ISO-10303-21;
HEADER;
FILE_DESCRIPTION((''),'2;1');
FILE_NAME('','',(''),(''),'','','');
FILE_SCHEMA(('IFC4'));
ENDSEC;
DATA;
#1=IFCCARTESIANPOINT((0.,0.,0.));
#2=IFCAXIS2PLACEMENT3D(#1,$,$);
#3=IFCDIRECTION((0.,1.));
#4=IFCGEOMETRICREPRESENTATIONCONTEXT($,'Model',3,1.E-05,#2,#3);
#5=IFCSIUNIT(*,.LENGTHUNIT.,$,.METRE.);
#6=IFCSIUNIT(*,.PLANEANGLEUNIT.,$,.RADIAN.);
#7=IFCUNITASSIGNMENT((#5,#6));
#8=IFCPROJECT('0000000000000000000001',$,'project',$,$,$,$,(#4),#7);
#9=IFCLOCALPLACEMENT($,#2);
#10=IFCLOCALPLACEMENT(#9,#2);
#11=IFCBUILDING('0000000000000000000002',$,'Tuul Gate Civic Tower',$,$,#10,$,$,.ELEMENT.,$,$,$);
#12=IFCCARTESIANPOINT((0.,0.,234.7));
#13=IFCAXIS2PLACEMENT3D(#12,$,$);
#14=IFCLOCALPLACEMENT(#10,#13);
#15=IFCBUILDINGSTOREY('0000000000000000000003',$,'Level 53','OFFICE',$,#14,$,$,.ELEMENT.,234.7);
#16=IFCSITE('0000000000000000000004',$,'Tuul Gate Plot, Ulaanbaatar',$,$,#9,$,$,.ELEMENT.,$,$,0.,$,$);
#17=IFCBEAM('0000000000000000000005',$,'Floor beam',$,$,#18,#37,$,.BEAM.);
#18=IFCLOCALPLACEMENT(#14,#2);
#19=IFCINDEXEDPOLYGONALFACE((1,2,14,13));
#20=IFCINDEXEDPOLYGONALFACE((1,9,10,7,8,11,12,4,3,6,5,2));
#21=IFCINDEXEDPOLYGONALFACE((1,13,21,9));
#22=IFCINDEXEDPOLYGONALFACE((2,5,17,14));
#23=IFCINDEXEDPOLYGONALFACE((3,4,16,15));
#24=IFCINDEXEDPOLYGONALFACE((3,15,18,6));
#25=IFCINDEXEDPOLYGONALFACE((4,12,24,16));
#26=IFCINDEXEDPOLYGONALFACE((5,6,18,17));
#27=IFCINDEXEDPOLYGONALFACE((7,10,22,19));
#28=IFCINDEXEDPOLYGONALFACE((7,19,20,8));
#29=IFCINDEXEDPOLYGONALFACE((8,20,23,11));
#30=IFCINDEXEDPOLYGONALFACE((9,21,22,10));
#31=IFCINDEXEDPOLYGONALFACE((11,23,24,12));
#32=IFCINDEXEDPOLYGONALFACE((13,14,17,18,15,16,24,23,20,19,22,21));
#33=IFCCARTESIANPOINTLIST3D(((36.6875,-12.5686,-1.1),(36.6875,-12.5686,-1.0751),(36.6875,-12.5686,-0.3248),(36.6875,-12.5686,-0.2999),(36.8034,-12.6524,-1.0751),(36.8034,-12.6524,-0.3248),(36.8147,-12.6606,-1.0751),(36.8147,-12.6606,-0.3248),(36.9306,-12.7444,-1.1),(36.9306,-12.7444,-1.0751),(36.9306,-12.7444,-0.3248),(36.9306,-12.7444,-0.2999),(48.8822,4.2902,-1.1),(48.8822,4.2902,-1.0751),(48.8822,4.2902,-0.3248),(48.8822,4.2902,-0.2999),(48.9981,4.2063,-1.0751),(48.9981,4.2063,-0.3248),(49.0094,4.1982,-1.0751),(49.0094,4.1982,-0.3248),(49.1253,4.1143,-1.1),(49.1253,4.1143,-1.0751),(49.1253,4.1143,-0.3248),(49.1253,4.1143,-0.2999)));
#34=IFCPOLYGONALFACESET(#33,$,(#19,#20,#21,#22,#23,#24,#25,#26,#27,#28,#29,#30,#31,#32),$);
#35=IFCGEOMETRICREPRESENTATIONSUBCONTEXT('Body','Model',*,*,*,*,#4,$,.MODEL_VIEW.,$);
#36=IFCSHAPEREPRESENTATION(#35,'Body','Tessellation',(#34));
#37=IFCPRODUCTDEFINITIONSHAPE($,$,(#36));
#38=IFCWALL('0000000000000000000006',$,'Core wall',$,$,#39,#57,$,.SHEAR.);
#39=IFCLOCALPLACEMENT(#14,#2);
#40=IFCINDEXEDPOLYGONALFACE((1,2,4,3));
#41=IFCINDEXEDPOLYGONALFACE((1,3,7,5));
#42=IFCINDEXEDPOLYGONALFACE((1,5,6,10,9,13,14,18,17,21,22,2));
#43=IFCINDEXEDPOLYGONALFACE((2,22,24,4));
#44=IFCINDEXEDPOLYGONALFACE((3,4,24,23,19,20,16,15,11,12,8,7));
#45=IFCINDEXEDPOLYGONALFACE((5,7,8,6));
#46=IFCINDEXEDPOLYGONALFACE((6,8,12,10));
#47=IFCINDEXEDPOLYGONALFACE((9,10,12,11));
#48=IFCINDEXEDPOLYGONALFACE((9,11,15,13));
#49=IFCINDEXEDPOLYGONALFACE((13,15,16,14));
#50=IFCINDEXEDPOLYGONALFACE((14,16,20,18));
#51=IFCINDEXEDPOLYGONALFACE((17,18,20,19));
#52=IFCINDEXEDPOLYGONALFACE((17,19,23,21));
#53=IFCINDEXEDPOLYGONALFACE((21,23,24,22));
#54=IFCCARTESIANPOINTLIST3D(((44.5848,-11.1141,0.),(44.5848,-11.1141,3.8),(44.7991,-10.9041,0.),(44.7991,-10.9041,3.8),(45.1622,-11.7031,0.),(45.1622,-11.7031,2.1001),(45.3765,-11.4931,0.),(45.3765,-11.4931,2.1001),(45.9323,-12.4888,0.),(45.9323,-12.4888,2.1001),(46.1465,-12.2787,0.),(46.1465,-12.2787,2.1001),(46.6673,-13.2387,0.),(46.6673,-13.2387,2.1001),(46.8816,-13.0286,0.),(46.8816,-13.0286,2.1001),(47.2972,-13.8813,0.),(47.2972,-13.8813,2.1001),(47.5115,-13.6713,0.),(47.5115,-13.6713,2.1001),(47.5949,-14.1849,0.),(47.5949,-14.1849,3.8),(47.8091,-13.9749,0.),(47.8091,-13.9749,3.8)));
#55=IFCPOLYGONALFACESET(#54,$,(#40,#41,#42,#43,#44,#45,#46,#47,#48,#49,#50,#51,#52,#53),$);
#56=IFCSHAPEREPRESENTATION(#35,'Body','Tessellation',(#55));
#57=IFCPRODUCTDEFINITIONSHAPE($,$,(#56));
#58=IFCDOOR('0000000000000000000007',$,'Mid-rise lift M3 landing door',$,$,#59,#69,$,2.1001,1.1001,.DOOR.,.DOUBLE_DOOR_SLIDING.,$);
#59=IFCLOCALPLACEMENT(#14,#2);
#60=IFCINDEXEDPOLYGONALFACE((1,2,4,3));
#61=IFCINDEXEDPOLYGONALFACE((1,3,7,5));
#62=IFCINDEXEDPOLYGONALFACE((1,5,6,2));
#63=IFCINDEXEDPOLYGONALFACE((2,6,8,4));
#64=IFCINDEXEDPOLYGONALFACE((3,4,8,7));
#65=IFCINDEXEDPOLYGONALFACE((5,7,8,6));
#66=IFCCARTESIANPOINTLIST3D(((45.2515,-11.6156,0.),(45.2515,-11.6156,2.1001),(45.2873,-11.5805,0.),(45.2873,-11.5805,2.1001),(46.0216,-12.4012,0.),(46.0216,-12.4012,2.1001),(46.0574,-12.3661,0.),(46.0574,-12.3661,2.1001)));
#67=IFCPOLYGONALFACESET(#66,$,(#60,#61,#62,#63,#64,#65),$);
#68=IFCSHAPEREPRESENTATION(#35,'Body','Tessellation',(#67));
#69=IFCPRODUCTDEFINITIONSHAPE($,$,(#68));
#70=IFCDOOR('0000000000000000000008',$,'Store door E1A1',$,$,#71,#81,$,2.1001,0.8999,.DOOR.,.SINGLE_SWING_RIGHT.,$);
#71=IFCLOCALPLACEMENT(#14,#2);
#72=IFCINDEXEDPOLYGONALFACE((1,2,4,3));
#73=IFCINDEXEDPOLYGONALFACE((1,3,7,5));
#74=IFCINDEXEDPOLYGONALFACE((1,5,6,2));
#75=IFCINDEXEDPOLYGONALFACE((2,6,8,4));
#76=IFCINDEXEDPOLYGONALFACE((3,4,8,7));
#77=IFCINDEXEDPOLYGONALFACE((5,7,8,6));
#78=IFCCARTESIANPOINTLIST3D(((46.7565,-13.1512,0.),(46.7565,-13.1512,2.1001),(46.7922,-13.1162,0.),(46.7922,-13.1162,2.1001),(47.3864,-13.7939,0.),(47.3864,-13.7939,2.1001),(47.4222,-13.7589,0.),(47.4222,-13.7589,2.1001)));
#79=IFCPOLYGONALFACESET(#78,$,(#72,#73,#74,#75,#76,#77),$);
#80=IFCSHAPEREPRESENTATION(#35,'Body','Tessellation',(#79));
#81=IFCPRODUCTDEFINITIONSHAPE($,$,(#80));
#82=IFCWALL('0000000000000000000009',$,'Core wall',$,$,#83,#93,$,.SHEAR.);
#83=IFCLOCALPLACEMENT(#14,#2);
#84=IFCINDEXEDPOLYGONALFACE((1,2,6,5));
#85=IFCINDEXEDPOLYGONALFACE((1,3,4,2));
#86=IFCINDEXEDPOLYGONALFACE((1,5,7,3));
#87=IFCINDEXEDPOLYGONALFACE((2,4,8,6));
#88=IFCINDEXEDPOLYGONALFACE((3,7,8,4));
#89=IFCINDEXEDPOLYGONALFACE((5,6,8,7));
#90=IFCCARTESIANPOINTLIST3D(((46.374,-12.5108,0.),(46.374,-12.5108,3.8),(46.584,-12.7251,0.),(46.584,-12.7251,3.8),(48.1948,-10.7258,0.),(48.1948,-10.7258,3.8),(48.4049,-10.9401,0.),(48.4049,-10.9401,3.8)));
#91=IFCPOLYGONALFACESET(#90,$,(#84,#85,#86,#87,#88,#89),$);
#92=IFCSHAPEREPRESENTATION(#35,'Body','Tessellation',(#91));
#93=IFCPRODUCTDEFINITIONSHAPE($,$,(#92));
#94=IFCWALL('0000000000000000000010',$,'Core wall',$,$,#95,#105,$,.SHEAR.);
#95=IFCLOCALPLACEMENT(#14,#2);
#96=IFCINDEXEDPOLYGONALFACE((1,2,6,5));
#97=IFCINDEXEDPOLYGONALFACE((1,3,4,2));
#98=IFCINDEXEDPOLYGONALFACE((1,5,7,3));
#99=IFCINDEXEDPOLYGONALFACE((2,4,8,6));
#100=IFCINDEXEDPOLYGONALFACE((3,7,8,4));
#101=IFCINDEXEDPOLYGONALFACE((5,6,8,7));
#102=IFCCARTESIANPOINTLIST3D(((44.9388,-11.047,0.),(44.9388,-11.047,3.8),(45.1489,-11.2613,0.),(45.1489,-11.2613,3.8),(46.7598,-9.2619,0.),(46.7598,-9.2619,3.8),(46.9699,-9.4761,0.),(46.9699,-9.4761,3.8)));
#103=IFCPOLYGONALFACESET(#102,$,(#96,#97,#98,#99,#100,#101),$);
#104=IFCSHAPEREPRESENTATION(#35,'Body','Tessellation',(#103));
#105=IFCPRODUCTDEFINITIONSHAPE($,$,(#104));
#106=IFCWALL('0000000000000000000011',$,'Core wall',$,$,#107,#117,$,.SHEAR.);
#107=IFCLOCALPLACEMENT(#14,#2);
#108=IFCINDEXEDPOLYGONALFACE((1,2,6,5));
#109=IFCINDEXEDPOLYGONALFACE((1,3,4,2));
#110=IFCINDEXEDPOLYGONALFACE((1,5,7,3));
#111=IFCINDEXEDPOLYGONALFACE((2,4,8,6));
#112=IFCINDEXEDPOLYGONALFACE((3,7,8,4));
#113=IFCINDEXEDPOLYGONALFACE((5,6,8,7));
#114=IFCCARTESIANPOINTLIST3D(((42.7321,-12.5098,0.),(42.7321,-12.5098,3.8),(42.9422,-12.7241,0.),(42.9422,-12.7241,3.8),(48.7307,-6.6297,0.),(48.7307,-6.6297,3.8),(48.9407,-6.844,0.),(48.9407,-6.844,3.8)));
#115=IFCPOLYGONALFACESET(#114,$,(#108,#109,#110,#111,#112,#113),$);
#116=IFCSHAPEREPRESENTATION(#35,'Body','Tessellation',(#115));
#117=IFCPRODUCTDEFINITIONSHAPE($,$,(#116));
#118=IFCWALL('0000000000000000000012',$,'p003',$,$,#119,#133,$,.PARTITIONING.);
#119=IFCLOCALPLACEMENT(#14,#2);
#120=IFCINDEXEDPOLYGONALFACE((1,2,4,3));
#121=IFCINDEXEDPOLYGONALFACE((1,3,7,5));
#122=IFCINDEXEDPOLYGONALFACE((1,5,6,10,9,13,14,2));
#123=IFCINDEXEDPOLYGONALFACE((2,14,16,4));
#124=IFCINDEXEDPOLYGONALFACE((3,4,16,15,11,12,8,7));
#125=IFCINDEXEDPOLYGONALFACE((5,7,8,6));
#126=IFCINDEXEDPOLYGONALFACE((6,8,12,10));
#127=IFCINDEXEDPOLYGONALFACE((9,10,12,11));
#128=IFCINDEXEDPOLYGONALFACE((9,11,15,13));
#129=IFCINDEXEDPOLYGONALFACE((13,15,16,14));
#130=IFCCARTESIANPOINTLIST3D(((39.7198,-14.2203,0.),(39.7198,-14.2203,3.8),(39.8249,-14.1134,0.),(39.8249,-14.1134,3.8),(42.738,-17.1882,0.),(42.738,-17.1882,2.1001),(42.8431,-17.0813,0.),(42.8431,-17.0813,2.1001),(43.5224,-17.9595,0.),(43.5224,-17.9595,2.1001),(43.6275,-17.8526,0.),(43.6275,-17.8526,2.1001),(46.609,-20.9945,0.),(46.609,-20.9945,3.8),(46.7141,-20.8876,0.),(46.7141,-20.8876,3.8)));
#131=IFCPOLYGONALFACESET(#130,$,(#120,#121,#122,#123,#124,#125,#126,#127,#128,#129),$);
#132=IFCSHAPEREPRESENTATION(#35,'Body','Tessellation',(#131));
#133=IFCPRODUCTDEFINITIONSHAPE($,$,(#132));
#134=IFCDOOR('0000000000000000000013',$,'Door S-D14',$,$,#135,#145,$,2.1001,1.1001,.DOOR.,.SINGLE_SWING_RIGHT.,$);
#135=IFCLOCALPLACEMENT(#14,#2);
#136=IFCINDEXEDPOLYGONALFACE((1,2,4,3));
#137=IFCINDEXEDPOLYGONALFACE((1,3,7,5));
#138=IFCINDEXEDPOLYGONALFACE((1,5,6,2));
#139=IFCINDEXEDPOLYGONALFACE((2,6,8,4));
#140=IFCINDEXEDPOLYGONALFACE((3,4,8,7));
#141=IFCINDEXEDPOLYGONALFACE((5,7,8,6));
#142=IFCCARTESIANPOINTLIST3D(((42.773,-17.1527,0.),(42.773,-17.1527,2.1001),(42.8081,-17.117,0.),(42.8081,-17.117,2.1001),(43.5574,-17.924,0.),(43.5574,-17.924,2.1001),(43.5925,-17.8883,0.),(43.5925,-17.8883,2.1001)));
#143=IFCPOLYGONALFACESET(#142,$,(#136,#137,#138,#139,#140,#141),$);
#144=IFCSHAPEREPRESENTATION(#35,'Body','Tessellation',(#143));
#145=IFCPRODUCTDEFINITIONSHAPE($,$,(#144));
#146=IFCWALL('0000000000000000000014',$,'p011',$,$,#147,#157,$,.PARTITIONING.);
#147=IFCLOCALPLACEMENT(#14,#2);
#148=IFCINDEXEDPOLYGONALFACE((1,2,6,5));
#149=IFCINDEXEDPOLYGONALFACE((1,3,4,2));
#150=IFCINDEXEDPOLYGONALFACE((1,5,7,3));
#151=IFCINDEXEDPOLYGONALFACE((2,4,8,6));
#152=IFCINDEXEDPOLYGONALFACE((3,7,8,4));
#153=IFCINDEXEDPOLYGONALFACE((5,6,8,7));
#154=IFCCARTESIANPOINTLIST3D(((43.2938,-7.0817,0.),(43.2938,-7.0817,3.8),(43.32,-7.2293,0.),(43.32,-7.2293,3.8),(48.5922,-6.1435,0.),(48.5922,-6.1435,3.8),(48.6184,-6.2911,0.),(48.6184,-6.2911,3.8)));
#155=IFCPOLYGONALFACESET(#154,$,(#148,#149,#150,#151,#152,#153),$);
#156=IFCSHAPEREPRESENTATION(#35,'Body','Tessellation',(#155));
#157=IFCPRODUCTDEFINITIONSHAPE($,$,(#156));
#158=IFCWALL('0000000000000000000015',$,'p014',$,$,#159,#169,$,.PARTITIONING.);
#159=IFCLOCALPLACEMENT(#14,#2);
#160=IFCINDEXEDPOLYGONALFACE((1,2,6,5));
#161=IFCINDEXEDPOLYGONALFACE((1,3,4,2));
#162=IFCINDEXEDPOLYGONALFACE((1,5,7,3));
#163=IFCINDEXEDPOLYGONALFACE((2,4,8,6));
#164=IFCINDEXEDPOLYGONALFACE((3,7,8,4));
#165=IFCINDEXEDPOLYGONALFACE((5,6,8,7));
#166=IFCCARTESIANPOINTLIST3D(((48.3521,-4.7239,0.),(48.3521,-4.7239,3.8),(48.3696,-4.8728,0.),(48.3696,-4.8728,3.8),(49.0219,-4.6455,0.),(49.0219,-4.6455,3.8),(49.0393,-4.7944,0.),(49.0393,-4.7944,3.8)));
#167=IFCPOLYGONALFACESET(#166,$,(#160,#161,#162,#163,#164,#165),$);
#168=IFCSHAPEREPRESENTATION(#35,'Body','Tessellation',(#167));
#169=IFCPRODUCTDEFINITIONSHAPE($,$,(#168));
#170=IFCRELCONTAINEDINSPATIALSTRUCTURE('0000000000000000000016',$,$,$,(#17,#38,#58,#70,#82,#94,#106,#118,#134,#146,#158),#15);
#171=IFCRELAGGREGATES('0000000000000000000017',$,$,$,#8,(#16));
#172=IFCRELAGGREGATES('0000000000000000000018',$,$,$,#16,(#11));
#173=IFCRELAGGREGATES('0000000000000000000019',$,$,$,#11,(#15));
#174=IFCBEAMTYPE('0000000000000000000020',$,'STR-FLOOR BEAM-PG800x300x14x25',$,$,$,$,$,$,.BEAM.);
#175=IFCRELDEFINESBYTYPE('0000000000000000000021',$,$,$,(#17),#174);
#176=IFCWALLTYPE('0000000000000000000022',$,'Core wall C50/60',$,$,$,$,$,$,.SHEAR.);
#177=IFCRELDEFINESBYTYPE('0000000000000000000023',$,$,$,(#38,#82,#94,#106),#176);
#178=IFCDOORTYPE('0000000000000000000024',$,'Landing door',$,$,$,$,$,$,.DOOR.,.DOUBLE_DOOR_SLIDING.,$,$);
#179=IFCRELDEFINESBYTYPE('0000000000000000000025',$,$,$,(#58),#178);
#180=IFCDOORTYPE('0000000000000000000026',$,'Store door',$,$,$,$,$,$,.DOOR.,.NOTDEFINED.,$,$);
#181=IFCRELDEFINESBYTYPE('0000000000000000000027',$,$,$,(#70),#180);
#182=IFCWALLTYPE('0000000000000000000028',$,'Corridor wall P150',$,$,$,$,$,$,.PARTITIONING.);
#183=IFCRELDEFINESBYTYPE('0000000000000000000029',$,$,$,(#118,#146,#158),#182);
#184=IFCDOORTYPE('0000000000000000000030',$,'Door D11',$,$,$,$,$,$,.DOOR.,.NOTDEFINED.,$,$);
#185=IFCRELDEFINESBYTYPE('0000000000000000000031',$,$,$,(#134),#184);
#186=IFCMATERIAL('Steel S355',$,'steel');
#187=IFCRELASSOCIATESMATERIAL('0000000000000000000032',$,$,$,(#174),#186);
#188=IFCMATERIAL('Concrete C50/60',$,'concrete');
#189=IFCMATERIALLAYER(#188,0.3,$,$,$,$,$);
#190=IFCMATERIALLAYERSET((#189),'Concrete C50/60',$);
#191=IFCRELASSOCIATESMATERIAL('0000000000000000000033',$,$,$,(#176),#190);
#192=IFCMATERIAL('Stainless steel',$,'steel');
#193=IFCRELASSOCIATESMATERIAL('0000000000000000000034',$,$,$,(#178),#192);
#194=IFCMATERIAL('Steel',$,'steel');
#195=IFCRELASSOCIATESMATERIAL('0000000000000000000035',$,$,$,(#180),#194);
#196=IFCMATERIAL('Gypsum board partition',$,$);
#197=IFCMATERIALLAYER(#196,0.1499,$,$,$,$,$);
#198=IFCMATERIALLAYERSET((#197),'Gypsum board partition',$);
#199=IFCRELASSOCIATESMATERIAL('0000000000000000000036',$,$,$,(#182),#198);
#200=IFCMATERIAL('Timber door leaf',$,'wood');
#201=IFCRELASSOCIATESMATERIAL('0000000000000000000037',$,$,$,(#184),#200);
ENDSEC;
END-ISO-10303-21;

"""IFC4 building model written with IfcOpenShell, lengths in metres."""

from ifc_helpers import new_model, si_unit, direction, frame, frame_2d, origin, origin_2d, place, context, subcontext, project, spatial, rectangle, i_section, extrude, material, layer, layer_set, material_profile, profile_set, type_object, element, fill, save


model = new_model("IFC4")

# Units and contexts
model_context = context("Model", 3, precision=1e-05, world=origin(), true_north=direction((0.0, 1.0)))
body_context = subcontext(model_context, "Body", "Model", "MODEL_VIEW")
ifc_project = project(units=[si_unit("LENGTHUNIT", "METRE"), si_unit("PLANEANGLEUNIT", "RADIAN")], contexts=[model_context])

# Site, building, storey
site_placement = place(None, origin())
site = spatial("IfcSite", under=ifc_project, at=site_placement, Name="Tuul Gate Plot, Ulaanbaatar", CompositionType="ELEMENT", RefElevation=0.0)
building_placement = place(site_placement, origin())
building = spatial("IfcBuilding", under=site, at=building_placement, Name="Tuul Gate Civic Tower", CompositionType="ELEMENT")
storey_placement = place(building_placement, frame((0.0, 0.0, 234.7)))
storey = spatial("IfcBuildingStorey", under=building, at=storey_placement, Name="Level 53", Description="OFFICE", CompositionType="ELEMENT", Elevation=234.7)

# Beam
ifc_material_1 = material(Name="Steel S355", Category="steel")
ifc_material_profile = material_profile(ifc_material_1, i_section(OverallWidth=0.3, OverallDepth=0.8, WebThickness=0.0139, FlangeThickness=0.0249, at=origin_2d()), Name="PG800x300x14x25")
ifc_profile_set = profile_set([ifc_material_profile], Name="Steel S355")
beam_type = type_object("IfcBeamType", Name="STR-FLOOR BEAM-PG800x300x14x25", PredefinedType="BEAM", material=ifc_profile_set)
beam_placement = place(storey_placement, frame((36.8091, -12.6565, -0.7), z_axis=(0.586087, 0.810248, 0.0), x_axis=(-0.810248, 0.586087, 0.0)))
element("IfcBeam", 1, at=beam_placement, inside=storey, type_object=beam_type, Name="Floor beam", PredefinedType="BEAM", context=body_context, shape_type="SweptSolid", body=[
    extrude(i_section(OverallWidth=0.3, OverallDepth=0.8, WebThickness=0.0139, FlangeThickness=0.0249, at=origin_2d()), origin(), (0.0, 0.0, 1.0), 20.8069),
])

# Wall, openings, doors
ifc_material_2 = material(Name="Concrete C50/60", Category="concrete")
ifc_layer_1 = layer(ifc_material_2, 0.3)
ifc_layer_set_1 = layer_set([ifc_layer_1], Name="Concrete C50/60")
wall_type_1 = type_object("IfcWallType", Name="Core wall C50/60", PredefinedType="SHEAR", material=ifc_layer_set_1)
wall_1_placement = place(storey_placement, frame((47.7019, -14.0798, 0.0), z_axis=(0.0, 0.0, 1.0), x_axis=(-0.700003, 0.71414, 0.0)))
wall_1 = element("IfcWall", 2, at=wall_1_placement, inside=storey, type_object=wall_type_1, Name="Core wall", PredefinedType="SHEAR", context=body_context, shape_type="SweptSolid", body=[
    extrude(rectangle(XDim=4.3, YDim=0.3, at=frame_2d((2.1499, 0.0))), origin(), (0.0, 0.0, 1.0), 3.8),
])
opening_1_placement = place(wall_1_placement, frame((0.425, 0.0, 0.0)))
opening_1 = element("IfcOpeningElement", 3, at=opening_1_placement, cuts=wall_1, PredefinedType="OPENING", context=body_context, shape_type="SweptSolid", body=[
    extrude(rectangle(XDim=0.8999, YDim=2.1001, at=frame_2d((0.45, 1.05))), frame((0.0, 0.1602, 0.0), z_axis=(0.0, -1.0, 0.0), x_axis=(1.0, 0.0, 0.0)), (0.0, 0.0, 1.0), 0.3201),
])
opening_2_placement = place(wall_1_placement, frame((2.375, 0.0, 0.0)))
opening_2 = element("IfcOpeningElement", 4, at=opening_2_placement, cuts=wall_1, PredefinedType="OPENING", context=body_context, shape_type="SweptSolid", body=[
    extrude(rectangle(XDim=1.1001, YDim=2.1001, at=frame_2d((0.55, 1.05))), frame((0.0, 0.1602, 0.0), z_axis=(0.0, -1.0, 0.0), x_axis=(1.0, 0.0, 0.0)), (0.0, 0.0, 1.0), 0.3201),
])
ifc_material_3 = material(Name="Stainless steel", Category="steel")
door_type_1 = type_object("IfcDoorType", Name="Landing door", OperationType="DOUBLE_DOOR_SLIDING", PredefinedType="DOOR", material=ifc_material_3)
door_1_placement = place(opening_2_placement, origin())
door_1 = element("IfcDoor", 5, at=door_1_placement, inside=storey, type_object=door_type_1, Name="Mid-rise lift M3 landing door", OperationType="DOUBLE_DOOR_SLIDING", OverallHeight=2.1001, OverallWidth=1.1001, PredefinedType="DOOR", context=body_context, shape_type="SweptSolid", body=[
    extrude(rectangle(XDim=1.1001, YDim=2.1001, at=frame_2d((0.55, 1.05))), frame((0.0, 0.0249, 0.0), z_axis=(0.0, -1.0, 0.0), x_axis=(1.0, 0.0, 0.0)), (0.0, 0.0, 1.0), 0.05),
])
fill(opening_2, door_1)
ifc_material_4 = material(Name="Steel", Category="steel")
door_type_2 = type_object("IfcDoorType", Name="Store door", OperationType="NOTDEFINED", PredefinedType="DOOR", material=ifc_material_4)
door_2_placement = place(opening_1_placement, frame((0.8999, 0.0, 0.0), z_axis=(0.0, 0.0, 1.0), x_axis=(-1.0, 0.0, 0.0)))
door_2 = element("IfcDoor", 6, at=door_2_placement, inside=storey, type_object=door_type_2, Name="Store door E1A1", OperationType="SINGLE_SWING_RIGHT", OverallHeight=2.1001, OverallWidth=0.8999, PredefinedType="DOOR", context=body_context, shape_type="SweptSolid", body=[
    extrude(rectangle(XDim=0.8999, YDim=2.1001, at=frame_2d((0.45, 1.05))), frame((0.0, 0.0249, 0.0), z_axis=(0.0, -1.0, 0.0), x_axis=(1.0, 0.0, 0.0)), (0.0, 0.0, 1.0), 0.05),
])
fill(opening_1, door_2)

# Walls
wall_2_placement = place(storey_placement, frame((46.479, -12.6179, 0.0), z_axis=(0.0, 0.0, 1.0), x_axis=(0.714109, 0.700034, 0.0)))
element("IfcWall", 7, at=wall_2_placement, inside=storey, type_object=wall_type_1, Name="Core wall", PredefinedType="SHEAR", context=body_context, shape_type="SweptSolid", body=[
    extrude(rectangle(XDim=2.5498, YDim=0.3, at=frame_2d((1.2749, 0.0))), origin(), (0.0, 0.0, 1.0), 3.8),
])
wall_3_placement = place(storey_placement, frame((45.0439, -11.1541, 0.0), z_axis=(0.0, 0.0, 1.0), x_axis=(0.714108, 0.700035, 0.0)))
element("IfcWall", 8, at=wall_3_placement, inside=storey, type_object=wall_type_1, Name="Core wall", PredefinedType="SHEAR", context=body_context, shape_type="SweptSolid", body=[
    extrude(rectangle(XDim=2.55, YDim=0.3, at=frame_2d((1.2749, 0.0))), origin(), (0.0, 0.0, 1.0), 3.8),
])
wall_4_placement = place(storey_placement, frame((42.8372, -12.6169, 0.0), z_axis=(0.0, 0.0, 1.0), x_axis=(0.71412, 0.700023, 0.0)))
element("IfcWall", 9, at=wall_4_placement, inside=storey, type_object=wall_type_1, Name="Core wall", PredefinedType="SHEAR", context=body_context, shape_type="SweptSolid", body=[
    extrude(rectangle(XDim=8.3999, YDim=0.3, at=frame_2d((4.2, 0.0))), origin(), (0.0, 0.0, 1.0), 3.8),
])

# Wall, opening, door
ifc_material_5 = material(Name="Gypsum board partition")
ifc_layer_2 = layer(ifc_material_5, 0.1499)
ifc_layer_set_2 = layer_set([ifc_layer_2], Name="Gypsum board partition")
wall_type_2 = type_object("IfcWallType", Name="Corridor wall P150", PredefinedType="PARTITIONING", material=ifc_layer_set_2)
wall_5_placement = place(storey_placement, frame((39.7722, -14.1667, 0.0), z_axis=(0.0, 0.0, 1.0), x_axis=(0.713033, -0.701131, 0.0)))
wall_5 = element("IfcWall", 10, at=wall_5_placement, inside=storey, type_object=wall_type_2, Name="p003", PredefinedType="PARTITIONING", context=body_context, shape_type="SweptSolid", body=[
    extrude(rectangle(XDim=9.6619, YDim=0.1499, at=frame_2d((4.8311, 0.0))), origin(), (0.0, 0.0, 1.0), 3.8),
])
opening_3_placement = place(wall_5_placement, frame((4.2332, 0.0, 0.0)))
opening_3 = element("IfcOpeningElement", 11, at=opening_3_placement, cuts=wall_5, PredefinedType="OPENING", context=body_context, shape_type="SweptSolid", body=[
    extrude(rectangle(XDim=1.1001, YDim=2.1001, at=frame_2d((0.55, 1.05))), frame((0.0, 0.085, 0.0), z_axis=(0.0, -1.0, 0.0), x_axis=(1.0, 0.0, 0.0)), (0.0, 0.0, 1.0), 0.1699),
])
ifc_material_6 = material(Name="Timber door leaf", Category="wood")
door_type_3 = type_object("IfcDoorType", Name="Door D11", OperationType="NOTDEFINED", PredefinedType="DOOR", material=ifc_material_6)
door_3_placement = place(opening_3_placement, origin())
door_3 = element("IfcDoor", 12, at=door_3_placement, inside=storey, type_object=door_type_3, Name="Door S-D14", OperationType="SINGLE_SWING_RIGHT", OverallHeight=2.1001, OverallWidth=1.1001, PredefinedType="DOOR", context=body_context, shape_type="SweptSolid", body=[
    extrude(rectangle(XDim=1.1001, YDim=2.1001, at=frame_2d((0.55, 1.05))), frame((0.0, 0.0249, 0.0), z_axis=(0.0, -1.0, 0.0), x_axis=(1.0, 0.0, 0.0)), (0.0, 0.0, 1.0), 0.05),
])
fill(opening_3, door_3)

# Walls
wall_6_placement = place(storey_placement, frame((43.3069, -7.1555, 0.0), z_axis=(0.0, 0.0, 1.0), x_axis=(0.984681, 0.174368, 0.0)))
element("IfcWall", 13, at=wall_6_placement, inside=storey, type_object=wall_type_2, Name="p011", PredefinedType="PARTITIONING", context=body_context, shape_type="SweptSolid", body=[
    extrude(rectangle(XDim=5.3809, YDim=0.1499, at=frame_2d((2.6904, 0.0))), origin(), (0.0, 0.0, 1.0), 3.8),
])
wall_7_placement = place(storey_placement, frame((48.3608, -4.7983, 0.0), z_axis=(0.0, 0.0, 1.0), x_axis=(0.993222, 0.116232, 0.0)))
element("IfcWall", 14, at=wall_7_placement, inside=storey, type_object=wall_type_2, Name="p014", PredefinedType="PARTITIONING", context=body_context, shape_type="SweptSolid", body=[
    extrude(rectangle(XDim=0.6743, YDim=0.1499, at=frame_2d((0.3372, 0.0))), origin(), (0.0, 0.0, 1.0), 3.8),
])

save(model, "model.ifc")
